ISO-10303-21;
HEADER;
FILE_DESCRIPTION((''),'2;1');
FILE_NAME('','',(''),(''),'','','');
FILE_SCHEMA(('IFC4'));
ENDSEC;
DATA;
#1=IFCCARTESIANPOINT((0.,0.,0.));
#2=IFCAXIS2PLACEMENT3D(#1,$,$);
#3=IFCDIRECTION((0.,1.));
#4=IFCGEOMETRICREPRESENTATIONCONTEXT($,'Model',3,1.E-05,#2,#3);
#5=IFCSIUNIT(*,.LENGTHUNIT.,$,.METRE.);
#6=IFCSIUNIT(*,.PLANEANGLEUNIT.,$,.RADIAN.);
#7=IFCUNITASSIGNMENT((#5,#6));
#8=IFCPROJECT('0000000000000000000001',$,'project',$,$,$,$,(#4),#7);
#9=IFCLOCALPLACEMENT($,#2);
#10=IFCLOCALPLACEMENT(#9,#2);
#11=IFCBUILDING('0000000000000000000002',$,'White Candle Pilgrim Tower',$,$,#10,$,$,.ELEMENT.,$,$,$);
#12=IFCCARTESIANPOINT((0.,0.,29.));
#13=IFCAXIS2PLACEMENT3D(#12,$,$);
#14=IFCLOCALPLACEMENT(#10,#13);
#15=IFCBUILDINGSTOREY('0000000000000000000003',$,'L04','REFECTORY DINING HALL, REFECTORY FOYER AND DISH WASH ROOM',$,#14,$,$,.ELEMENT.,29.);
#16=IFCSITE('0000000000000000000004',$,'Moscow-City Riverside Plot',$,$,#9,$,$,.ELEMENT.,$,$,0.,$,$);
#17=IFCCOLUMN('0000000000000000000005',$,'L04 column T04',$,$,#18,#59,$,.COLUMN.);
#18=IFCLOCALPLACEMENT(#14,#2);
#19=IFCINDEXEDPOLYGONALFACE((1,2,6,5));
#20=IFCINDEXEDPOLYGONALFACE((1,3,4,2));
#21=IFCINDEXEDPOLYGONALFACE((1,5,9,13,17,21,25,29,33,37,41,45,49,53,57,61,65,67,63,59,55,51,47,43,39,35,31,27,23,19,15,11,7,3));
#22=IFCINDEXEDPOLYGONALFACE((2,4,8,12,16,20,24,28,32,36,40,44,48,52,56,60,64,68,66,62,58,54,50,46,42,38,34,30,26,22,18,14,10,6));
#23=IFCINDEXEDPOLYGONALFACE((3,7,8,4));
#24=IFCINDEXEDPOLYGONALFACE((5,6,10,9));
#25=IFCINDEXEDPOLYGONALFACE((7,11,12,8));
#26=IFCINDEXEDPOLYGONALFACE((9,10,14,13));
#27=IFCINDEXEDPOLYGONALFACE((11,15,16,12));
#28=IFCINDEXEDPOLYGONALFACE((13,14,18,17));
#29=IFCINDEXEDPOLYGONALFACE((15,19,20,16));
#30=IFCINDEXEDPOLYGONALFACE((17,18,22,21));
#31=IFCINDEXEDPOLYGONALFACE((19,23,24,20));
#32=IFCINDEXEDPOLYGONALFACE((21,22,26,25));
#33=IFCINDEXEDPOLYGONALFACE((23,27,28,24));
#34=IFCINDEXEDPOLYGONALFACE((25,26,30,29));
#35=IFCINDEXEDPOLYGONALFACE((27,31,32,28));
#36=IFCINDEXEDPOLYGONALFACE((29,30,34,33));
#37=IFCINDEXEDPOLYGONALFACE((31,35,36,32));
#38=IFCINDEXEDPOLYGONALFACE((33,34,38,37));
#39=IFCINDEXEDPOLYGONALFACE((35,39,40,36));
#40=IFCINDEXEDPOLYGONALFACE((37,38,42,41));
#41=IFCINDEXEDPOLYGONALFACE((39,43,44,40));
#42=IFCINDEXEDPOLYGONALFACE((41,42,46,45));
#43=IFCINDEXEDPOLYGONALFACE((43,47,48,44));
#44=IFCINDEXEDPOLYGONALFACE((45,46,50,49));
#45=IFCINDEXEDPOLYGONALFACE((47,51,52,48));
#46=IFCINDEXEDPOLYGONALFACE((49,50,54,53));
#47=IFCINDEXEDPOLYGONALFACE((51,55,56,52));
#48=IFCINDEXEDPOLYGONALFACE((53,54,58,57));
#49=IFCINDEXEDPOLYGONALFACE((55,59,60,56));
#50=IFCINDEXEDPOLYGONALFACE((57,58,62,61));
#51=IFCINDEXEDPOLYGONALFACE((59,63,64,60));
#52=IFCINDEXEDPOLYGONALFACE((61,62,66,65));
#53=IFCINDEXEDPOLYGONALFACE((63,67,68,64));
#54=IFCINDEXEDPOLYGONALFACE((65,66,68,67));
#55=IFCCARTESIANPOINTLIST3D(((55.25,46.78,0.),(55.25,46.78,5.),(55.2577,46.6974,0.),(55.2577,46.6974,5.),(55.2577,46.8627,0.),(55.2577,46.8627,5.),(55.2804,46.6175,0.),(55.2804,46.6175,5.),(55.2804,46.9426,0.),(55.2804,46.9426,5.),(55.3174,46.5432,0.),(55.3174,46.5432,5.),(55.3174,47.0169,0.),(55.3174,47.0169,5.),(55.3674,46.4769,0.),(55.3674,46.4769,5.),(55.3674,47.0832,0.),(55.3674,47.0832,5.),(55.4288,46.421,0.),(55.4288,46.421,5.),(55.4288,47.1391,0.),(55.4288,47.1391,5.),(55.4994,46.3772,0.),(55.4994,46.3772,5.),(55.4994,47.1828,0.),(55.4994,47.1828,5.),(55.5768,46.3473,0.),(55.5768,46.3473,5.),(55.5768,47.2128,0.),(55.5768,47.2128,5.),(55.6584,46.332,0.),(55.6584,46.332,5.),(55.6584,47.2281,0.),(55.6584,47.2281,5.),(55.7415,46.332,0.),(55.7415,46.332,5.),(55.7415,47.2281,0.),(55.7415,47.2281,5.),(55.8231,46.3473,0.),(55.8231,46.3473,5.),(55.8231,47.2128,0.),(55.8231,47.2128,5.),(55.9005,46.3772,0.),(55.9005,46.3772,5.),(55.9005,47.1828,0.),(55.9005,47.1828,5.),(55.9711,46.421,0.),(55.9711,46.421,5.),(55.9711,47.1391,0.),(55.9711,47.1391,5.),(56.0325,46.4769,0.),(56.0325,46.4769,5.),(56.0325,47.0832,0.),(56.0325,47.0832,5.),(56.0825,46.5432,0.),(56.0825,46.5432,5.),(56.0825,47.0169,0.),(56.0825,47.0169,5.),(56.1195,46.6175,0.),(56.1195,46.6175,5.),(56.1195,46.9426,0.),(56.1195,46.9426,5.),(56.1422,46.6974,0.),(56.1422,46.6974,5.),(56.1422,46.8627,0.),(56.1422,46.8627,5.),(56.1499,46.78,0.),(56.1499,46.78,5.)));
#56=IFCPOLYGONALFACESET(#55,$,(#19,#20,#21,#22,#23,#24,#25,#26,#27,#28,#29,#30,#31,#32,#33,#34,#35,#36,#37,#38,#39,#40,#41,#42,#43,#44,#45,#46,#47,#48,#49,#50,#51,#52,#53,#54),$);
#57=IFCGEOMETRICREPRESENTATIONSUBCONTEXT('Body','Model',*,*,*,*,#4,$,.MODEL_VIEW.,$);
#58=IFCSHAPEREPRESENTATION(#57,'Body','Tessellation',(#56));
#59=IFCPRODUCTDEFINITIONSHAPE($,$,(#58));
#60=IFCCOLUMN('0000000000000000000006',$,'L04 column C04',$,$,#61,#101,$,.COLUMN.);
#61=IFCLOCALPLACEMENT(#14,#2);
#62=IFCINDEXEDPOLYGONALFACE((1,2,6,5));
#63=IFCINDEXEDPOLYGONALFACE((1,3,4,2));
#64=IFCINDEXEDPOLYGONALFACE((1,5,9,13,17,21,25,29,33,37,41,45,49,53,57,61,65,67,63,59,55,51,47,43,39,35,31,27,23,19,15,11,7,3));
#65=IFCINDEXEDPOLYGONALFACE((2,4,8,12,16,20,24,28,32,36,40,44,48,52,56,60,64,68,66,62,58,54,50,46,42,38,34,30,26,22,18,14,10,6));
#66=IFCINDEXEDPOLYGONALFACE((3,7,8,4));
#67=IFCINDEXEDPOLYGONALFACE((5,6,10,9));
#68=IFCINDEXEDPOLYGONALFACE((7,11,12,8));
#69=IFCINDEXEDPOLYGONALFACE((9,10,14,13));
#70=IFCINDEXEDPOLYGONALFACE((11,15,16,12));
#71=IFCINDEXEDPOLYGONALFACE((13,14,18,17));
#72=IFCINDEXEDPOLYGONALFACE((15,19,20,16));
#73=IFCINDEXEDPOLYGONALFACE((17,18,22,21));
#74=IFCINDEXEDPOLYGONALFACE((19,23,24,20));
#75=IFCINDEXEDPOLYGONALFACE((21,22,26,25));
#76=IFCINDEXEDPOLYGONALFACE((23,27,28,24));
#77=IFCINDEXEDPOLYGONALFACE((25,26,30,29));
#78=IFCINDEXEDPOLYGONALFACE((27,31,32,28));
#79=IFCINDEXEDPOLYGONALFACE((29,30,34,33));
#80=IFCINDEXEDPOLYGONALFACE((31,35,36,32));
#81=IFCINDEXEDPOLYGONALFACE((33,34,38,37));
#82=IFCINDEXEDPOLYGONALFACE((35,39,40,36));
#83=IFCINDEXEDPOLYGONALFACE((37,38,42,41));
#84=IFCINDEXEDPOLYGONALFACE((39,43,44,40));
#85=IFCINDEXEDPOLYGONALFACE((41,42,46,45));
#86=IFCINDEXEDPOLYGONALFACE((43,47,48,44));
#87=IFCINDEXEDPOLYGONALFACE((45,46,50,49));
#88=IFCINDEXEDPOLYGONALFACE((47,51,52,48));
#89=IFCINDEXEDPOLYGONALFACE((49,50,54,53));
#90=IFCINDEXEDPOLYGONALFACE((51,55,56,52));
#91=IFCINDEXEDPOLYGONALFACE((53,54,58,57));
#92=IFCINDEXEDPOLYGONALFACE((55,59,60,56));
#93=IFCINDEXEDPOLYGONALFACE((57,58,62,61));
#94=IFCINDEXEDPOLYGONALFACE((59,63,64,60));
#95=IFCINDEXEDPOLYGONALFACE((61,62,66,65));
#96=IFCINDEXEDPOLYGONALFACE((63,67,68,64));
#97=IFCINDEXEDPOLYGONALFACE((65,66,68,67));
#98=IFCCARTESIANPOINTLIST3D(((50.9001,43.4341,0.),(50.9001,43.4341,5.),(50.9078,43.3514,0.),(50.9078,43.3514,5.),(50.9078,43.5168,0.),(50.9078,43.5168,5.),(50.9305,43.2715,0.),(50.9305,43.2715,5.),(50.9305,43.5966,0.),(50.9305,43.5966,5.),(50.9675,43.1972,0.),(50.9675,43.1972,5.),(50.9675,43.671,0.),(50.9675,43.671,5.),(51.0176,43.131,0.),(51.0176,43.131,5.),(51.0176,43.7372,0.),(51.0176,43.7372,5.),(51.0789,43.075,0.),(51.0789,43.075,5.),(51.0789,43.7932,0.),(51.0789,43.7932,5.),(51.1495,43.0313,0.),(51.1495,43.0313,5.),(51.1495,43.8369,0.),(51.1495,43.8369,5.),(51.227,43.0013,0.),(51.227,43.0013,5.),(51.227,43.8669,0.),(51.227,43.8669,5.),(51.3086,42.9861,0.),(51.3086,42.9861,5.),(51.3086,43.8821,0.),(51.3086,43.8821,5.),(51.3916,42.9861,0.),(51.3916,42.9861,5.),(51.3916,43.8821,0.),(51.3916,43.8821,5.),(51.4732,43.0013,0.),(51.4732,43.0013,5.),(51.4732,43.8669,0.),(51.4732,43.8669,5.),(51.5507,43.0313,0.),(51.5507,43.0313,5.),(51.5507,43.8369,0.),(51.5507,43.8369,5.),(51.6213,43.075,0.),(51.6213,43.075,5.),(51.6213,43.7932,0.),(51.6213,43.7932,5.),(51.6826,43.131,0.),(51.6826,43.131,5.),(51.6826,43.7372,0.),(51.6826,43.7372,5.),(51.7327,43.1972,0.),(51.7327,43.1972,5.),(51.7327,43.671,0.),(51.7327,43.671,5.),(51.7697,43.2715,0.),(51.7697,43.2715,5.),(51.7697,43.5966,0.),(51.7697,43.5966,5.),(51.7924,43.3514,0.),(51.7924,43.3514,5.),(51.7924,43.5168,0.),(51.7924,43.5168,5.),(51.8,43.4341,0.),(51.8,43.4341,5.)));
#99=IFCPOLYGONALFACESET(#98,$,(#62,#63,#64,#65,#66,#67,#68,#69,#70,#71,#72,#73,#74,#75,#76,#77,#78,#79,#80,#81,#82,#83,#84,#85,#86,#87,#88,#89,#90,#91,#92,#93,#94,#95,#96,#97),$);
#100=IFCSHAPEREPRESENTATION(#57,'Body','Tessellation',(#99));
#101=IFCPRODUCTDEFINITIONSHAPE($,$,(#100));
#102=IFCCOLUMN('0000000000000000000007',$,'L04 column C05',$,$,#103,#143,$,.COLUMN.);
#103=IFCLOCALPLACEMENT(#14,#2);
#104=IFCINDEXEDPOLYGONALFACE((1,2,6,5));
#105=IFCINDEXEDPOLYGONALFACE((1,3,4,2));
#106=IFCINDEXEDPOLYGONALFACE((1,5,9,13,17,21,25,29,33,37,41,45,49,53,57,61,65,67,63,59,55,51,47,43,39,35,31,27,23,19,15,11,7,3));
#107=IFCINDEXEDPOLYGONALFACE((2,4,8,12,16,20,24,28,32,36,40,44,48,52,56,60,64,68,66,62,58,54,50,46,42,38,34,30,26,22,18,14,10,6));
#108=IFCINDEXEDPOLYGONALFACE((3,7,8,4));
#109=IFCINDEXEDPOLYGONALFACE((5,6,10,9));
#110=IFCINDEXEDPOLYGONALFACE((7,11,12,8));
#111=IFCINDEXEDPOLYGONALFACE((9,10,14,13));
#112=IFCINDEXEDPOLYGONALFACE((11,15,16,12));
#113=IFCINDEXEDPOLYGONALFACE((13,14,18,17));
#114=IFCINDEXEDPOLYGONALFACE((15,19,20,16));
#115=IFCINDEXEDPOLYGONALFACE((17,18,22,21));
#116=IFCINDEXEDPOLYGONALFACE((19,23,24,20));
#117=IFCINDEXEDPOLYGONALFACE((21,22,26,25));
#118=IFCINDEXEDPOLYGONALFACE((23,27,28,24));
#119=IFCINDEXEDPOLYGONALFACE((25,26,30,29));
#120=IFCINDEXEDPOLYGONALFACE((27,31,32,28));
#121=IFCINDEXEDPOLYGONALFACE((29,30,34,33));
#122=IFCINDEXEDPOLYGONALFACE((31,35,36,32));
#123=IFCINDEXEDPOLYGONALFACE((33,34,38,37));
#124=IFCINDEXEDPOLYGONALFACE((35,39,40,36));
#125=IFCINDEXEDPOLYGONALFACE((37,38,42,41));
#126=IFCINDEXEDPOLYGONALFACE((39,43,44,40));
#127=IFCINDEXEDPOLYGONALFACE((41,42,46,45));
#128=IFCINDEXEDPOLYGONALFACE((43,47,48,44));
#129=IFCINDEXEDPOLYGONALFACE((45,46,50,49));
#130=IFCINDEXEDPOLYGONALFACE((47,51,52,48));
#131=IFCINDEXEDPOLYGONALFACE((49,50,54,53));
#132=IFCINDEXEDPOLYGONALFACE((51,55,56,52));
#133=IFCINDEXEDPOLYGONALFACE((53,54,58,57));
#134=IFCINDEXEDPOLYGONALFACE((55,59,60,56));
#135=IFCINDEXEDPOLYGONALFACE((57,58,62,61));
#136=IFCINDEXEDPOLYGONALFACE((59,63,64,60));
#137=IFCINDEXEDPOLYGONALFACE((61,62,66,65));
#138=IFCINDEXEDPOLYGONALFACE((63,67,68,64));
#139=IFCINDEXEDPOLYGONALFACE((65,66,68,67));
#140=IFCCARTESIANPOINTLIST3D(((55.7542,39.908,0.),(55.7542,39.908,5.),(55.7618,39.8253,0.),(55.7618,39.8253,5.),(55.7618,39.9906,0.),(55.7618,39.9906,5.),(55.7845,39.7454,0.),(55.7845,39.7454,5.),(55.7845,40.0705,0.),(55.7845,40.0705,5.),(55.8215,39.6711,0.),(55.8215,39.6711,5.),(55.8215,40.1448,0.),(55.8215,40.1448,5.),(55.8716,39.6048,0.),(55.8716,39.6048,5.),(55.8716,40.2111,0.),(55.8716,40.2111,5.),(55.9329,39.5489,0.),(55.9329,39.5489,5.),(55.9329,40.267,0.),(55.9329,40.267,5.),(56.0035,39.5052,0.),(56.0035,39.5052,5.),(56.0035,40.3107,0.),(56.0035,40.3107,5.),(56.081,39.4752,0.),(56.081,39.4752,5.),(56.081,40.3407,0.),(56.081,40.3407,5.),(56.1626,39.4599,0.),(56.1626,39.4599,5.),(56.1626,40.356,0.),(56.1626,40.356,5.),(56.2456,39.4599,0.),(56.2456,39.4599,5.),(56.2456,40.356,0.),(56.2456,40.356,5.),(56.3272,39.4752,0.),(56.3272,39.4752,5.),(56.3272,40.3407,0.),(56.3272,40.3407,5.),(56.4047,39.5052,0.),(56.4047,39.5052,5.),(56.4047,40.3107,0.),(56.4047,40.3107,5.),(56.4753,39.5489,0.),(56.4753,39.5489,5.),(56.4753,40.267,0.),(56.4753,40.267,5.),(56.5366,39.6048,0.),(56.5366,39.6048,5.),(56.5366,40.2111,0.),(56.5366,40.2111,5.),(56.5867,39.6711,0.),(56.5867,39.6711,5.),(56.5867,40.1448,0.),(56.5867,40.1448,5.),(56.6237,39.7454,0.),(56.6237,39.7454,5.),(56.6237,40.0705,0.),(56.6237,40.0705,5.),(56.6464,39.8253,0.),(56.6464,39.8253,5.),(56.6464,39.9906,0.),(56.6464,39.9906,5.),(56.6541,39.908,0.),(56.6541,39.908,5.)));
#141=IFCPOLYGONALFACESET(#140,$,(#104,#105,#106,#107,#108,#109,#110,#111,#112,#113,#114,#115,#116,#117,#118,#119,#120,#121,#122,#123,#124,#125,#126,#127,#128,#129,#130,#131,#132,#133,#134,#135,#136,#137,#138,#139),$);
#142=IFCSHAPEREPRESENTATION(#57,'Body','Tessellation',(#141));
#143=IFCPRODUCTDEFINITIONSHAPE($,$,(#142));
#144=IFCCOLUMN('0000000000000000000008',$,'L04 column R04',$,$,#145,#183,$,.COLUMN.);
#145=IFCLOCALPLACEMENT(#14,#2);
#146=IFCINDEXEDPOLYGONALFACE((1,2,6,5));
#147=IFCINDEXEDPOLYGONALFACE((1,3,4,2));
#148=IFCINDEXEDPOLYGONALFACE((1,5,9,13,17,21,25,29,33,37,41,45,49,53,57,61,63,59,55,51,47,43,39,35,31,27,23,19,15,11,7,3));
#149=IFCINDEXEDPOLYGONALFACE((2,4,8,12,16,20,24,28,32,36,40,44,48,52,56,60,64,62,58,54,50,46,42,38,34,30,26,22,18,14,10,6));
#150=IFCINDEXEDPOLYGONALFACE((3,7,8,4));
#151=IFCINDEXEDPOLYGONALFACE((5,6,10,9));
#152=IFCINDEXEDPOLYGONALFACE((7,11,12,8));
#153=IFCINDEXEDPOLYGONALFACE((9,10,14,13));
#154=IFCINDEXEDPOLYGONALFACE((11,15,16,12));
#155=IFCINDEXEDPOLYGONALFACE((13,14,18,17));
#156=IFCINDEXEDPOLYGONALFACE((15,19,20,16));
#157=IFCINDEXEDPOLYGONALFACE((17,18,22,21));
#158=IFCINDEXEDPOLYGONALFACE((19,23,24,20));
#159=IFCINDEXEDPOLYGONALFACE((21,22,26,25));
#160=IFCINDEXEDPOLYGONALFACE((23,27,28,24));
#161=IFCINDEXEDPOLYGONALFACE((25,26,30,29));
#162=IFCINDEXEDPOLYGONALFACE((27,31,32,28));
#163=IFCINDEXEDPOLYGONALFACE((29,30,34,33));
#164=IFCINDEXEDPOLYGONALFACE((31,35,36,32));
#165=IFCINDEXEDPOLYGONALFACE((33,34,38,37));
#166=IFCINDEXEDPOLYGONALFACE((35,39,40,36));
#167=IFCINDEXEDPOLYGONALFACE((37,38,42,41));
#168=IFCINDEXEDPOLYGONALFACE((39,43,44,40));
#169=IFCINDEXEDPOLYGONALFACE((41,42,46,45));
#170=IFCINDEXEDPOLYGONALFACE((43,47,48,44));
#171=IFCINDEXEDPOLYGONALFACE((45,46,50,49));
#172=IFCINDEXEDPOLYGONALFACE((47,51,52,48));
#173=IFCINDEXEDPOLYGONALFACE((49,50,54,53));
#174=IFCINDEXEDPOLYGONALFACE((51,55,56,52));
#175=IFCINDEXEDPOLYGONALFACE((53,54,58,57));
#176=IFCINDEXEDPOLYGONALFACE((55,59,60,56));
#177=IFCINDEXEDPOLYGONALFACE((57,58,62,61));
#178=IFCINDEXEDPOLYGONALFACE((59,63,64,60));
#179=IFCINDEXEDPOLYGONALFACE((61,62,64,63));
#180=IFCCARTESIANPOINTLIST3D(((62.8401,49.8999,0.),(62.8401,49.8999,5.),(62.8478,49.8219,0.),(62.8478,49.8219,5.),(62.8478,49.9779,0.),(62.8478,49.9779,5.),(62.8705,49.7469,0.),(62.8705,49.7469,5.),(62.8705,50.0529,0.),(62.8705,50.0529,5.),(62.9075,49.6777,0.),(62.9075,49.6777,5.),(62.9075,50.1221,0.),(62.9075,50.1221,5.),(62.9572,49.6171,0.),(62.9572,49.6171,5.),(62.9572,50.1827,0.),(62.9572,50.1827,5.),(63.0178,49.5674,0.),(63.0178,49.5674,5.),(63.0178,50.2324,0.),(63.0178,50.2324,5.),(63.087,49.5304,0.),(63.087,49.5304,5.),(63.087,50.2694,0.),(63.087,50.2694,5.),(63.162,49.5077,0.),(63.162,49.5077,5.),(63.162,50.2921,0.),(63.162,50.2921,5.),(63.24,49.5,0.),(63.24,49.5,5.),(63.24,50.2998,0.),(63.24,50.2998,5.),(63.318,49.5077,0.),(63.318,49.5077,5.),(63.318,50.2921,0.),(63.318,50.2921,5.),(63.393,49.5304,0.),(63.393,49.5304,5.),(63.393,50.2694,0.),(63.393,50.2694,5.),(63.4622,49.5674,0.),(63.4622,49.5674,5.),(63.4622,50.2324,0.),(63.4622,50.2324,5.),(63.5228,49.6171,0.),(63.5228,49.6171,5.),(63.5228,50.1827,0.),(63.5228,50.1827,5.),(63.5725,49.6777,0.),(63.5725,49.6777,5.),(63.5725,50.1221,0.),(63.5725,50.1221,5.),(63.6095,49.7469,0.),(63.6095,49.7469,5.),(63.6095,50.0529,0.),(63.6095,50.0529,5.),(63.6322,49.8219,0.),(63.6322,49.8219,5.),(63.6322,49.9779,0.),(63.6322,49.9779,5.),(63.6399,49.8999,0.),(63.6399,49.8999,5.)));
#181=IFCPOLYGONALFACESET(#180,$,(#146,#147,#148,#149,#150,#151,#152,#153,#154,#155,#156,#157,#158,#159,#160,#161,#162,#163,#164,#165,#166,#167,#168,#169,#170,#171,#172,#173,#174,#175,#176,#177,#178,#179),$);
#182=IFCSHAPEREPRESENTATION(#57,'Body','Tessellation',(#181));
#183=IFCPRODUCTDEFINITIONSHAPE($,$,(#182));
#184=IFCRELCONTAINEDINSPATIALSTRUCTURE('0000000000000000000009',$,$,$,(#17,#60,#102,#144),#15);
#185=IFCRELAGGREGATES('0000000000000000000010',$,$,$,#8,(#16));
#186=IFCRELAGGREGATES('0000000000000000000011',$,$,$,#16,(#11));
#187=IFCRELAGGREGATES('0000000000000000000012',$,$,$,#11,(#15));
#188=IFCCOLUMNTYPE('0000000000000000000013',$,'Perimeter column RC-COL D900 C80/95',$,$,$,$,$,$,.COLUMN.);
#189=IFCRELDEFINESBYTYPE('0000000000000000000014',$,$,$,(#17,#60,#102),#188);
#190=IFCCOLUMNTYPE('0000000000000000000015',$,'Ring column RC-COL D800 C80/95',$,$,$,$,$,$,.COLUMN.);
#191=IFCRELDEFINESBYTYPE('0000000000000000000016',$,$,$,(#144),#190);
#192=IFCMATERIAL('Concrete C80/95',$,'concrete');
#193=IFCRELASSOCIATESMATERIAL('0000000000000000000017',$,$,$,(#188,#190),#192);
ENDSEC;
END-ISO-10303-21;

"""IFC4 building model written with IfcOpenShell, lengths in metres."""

from ifc_helpers import new_model, si_unit, direction, frame, origin, origin_2d, place, context, subcontext, project, spatial, circle, extrude, material, material_profile, profile_set, type_object, element, save


model = new_model("IFC4")

# Units and contexts
model_context = context("Model", 3, precision=1e-05, world=origin(), true_north=direction((0.0, 1.0)))
body_context = subcontext(model_context, "Body", "Model", "MODEL_VIEW")
ifc_project = project(units=[si_unit("LENGTHUNIT", "METRE"), si_unit("PLANEANGLEUNIT", "RADIAN")], contexts=[model_context])

# Site, building, storey
site_placement = place(None, origin())
site = spatial("IfcSite", under=ifc_project, at=site_placement, Name="Moscow-City Riverside Plot", CompositionType="ELEMENT", RefElevation=0.0)
building_placement = place(site_placement, origin())
building = spatial("IfcBuilding", under=site, at=building_placement, Name="White Candle Pilgrim Tower", CompositionType="ELEMENT")
storey_placement = place(building_placement, frame((0.0, 0.0, 29.0)))
storey = spatial("IfcBuildingStorey", under=building, at=storey_placement, Name="L04", Description="REFECTORY DINING HALL, REFECTORY FOYER AND DISH WASH ROOM", CompositionType="ELEMENT", Elevation=29.0)

# Columns
ifc_material_1 = material(Name="Concrete C80/95", Category="concrete")
ifc_material_profile_1 = material_profile(ifc_material_1, circle(Radius=0.45, at=origin_2d()), Name="RC-COL D900")
ifc_profile_set_1 = profile_set([ifc_material_profile_1], Name="Concrete C80/95")
column_type_1 = type_object("IfcColumnType", Name="Perimeter column RC-COL D900 C80/95", PredefinedType="COLUMN", material=ifc_profile_set_1)
for number, where, z_axis, x_axis, name in (
    (1, (55.7, 46.78, 0.0), (0.0, 0.0, 1.0), (1.0, 0.0, 0.0), "L04 column T04"),
    (2, (51.3501, 43.4341, 0.0), (0.0, 0.0, 1.0), (1.0, 0.0, 0.0), "L04 column C04"),
    (3, (56.2041, 39.908, 0.0), (0.0, 0.0, 1.0), (1.0, 0.0, 0.0), "L04 column C05"),
):
    element("IfcColumn", number, at=place(storey_placement, frame(where, z_axis=z_axis, x_axis=x_axis)), inside=storey, type_object=column_type_1, Name=name, PredefinedType="COLUMN", context=body_context, shape_type="SweptSolid", body=[
        extrude(circle(Radius=0.45, at=origin_2d()), origin(), (0.0, 0.0, 1.0), 5.0),
    ])
ifc_material_profile_2 = material_profile(ifc_material_1, circle(Radius=0.3999, at=origin_2d()), Name="RC-COL D800")
ifc_profile_set_2 = profile_set([ifc_material_profile_2], Name="Concrete C80/95")
column_type_2 = type_object("IfcColumnType", Name="Ring column RC-COL D800 C80/95", PredefinedType="COLUMN", material=ifc_profile_set_2)
for number, where, z_axis, x_axis, name in (
    (4, (63.24, 49.8999, 0.0), (0.0, 0.0, 1.0), (1.0, 0.0, 0.0), "L04 column R04"),
):
    element("IfcColumn", number, at=place(storey_placement, frame(where, z_axis=z_axis, x_axis=x_axis)), inside=storey, type_object=column_type_2, Name=name, PredefinedType="COLUMN", context=body_context, shape_type="SweptSolid", body=[
        extrude(circle(Radius=0.3999, at=origin_2d()), origin(), (0.0, 0.0, 1.0), 5.0),
    ])

save(model, "model.ifc")
